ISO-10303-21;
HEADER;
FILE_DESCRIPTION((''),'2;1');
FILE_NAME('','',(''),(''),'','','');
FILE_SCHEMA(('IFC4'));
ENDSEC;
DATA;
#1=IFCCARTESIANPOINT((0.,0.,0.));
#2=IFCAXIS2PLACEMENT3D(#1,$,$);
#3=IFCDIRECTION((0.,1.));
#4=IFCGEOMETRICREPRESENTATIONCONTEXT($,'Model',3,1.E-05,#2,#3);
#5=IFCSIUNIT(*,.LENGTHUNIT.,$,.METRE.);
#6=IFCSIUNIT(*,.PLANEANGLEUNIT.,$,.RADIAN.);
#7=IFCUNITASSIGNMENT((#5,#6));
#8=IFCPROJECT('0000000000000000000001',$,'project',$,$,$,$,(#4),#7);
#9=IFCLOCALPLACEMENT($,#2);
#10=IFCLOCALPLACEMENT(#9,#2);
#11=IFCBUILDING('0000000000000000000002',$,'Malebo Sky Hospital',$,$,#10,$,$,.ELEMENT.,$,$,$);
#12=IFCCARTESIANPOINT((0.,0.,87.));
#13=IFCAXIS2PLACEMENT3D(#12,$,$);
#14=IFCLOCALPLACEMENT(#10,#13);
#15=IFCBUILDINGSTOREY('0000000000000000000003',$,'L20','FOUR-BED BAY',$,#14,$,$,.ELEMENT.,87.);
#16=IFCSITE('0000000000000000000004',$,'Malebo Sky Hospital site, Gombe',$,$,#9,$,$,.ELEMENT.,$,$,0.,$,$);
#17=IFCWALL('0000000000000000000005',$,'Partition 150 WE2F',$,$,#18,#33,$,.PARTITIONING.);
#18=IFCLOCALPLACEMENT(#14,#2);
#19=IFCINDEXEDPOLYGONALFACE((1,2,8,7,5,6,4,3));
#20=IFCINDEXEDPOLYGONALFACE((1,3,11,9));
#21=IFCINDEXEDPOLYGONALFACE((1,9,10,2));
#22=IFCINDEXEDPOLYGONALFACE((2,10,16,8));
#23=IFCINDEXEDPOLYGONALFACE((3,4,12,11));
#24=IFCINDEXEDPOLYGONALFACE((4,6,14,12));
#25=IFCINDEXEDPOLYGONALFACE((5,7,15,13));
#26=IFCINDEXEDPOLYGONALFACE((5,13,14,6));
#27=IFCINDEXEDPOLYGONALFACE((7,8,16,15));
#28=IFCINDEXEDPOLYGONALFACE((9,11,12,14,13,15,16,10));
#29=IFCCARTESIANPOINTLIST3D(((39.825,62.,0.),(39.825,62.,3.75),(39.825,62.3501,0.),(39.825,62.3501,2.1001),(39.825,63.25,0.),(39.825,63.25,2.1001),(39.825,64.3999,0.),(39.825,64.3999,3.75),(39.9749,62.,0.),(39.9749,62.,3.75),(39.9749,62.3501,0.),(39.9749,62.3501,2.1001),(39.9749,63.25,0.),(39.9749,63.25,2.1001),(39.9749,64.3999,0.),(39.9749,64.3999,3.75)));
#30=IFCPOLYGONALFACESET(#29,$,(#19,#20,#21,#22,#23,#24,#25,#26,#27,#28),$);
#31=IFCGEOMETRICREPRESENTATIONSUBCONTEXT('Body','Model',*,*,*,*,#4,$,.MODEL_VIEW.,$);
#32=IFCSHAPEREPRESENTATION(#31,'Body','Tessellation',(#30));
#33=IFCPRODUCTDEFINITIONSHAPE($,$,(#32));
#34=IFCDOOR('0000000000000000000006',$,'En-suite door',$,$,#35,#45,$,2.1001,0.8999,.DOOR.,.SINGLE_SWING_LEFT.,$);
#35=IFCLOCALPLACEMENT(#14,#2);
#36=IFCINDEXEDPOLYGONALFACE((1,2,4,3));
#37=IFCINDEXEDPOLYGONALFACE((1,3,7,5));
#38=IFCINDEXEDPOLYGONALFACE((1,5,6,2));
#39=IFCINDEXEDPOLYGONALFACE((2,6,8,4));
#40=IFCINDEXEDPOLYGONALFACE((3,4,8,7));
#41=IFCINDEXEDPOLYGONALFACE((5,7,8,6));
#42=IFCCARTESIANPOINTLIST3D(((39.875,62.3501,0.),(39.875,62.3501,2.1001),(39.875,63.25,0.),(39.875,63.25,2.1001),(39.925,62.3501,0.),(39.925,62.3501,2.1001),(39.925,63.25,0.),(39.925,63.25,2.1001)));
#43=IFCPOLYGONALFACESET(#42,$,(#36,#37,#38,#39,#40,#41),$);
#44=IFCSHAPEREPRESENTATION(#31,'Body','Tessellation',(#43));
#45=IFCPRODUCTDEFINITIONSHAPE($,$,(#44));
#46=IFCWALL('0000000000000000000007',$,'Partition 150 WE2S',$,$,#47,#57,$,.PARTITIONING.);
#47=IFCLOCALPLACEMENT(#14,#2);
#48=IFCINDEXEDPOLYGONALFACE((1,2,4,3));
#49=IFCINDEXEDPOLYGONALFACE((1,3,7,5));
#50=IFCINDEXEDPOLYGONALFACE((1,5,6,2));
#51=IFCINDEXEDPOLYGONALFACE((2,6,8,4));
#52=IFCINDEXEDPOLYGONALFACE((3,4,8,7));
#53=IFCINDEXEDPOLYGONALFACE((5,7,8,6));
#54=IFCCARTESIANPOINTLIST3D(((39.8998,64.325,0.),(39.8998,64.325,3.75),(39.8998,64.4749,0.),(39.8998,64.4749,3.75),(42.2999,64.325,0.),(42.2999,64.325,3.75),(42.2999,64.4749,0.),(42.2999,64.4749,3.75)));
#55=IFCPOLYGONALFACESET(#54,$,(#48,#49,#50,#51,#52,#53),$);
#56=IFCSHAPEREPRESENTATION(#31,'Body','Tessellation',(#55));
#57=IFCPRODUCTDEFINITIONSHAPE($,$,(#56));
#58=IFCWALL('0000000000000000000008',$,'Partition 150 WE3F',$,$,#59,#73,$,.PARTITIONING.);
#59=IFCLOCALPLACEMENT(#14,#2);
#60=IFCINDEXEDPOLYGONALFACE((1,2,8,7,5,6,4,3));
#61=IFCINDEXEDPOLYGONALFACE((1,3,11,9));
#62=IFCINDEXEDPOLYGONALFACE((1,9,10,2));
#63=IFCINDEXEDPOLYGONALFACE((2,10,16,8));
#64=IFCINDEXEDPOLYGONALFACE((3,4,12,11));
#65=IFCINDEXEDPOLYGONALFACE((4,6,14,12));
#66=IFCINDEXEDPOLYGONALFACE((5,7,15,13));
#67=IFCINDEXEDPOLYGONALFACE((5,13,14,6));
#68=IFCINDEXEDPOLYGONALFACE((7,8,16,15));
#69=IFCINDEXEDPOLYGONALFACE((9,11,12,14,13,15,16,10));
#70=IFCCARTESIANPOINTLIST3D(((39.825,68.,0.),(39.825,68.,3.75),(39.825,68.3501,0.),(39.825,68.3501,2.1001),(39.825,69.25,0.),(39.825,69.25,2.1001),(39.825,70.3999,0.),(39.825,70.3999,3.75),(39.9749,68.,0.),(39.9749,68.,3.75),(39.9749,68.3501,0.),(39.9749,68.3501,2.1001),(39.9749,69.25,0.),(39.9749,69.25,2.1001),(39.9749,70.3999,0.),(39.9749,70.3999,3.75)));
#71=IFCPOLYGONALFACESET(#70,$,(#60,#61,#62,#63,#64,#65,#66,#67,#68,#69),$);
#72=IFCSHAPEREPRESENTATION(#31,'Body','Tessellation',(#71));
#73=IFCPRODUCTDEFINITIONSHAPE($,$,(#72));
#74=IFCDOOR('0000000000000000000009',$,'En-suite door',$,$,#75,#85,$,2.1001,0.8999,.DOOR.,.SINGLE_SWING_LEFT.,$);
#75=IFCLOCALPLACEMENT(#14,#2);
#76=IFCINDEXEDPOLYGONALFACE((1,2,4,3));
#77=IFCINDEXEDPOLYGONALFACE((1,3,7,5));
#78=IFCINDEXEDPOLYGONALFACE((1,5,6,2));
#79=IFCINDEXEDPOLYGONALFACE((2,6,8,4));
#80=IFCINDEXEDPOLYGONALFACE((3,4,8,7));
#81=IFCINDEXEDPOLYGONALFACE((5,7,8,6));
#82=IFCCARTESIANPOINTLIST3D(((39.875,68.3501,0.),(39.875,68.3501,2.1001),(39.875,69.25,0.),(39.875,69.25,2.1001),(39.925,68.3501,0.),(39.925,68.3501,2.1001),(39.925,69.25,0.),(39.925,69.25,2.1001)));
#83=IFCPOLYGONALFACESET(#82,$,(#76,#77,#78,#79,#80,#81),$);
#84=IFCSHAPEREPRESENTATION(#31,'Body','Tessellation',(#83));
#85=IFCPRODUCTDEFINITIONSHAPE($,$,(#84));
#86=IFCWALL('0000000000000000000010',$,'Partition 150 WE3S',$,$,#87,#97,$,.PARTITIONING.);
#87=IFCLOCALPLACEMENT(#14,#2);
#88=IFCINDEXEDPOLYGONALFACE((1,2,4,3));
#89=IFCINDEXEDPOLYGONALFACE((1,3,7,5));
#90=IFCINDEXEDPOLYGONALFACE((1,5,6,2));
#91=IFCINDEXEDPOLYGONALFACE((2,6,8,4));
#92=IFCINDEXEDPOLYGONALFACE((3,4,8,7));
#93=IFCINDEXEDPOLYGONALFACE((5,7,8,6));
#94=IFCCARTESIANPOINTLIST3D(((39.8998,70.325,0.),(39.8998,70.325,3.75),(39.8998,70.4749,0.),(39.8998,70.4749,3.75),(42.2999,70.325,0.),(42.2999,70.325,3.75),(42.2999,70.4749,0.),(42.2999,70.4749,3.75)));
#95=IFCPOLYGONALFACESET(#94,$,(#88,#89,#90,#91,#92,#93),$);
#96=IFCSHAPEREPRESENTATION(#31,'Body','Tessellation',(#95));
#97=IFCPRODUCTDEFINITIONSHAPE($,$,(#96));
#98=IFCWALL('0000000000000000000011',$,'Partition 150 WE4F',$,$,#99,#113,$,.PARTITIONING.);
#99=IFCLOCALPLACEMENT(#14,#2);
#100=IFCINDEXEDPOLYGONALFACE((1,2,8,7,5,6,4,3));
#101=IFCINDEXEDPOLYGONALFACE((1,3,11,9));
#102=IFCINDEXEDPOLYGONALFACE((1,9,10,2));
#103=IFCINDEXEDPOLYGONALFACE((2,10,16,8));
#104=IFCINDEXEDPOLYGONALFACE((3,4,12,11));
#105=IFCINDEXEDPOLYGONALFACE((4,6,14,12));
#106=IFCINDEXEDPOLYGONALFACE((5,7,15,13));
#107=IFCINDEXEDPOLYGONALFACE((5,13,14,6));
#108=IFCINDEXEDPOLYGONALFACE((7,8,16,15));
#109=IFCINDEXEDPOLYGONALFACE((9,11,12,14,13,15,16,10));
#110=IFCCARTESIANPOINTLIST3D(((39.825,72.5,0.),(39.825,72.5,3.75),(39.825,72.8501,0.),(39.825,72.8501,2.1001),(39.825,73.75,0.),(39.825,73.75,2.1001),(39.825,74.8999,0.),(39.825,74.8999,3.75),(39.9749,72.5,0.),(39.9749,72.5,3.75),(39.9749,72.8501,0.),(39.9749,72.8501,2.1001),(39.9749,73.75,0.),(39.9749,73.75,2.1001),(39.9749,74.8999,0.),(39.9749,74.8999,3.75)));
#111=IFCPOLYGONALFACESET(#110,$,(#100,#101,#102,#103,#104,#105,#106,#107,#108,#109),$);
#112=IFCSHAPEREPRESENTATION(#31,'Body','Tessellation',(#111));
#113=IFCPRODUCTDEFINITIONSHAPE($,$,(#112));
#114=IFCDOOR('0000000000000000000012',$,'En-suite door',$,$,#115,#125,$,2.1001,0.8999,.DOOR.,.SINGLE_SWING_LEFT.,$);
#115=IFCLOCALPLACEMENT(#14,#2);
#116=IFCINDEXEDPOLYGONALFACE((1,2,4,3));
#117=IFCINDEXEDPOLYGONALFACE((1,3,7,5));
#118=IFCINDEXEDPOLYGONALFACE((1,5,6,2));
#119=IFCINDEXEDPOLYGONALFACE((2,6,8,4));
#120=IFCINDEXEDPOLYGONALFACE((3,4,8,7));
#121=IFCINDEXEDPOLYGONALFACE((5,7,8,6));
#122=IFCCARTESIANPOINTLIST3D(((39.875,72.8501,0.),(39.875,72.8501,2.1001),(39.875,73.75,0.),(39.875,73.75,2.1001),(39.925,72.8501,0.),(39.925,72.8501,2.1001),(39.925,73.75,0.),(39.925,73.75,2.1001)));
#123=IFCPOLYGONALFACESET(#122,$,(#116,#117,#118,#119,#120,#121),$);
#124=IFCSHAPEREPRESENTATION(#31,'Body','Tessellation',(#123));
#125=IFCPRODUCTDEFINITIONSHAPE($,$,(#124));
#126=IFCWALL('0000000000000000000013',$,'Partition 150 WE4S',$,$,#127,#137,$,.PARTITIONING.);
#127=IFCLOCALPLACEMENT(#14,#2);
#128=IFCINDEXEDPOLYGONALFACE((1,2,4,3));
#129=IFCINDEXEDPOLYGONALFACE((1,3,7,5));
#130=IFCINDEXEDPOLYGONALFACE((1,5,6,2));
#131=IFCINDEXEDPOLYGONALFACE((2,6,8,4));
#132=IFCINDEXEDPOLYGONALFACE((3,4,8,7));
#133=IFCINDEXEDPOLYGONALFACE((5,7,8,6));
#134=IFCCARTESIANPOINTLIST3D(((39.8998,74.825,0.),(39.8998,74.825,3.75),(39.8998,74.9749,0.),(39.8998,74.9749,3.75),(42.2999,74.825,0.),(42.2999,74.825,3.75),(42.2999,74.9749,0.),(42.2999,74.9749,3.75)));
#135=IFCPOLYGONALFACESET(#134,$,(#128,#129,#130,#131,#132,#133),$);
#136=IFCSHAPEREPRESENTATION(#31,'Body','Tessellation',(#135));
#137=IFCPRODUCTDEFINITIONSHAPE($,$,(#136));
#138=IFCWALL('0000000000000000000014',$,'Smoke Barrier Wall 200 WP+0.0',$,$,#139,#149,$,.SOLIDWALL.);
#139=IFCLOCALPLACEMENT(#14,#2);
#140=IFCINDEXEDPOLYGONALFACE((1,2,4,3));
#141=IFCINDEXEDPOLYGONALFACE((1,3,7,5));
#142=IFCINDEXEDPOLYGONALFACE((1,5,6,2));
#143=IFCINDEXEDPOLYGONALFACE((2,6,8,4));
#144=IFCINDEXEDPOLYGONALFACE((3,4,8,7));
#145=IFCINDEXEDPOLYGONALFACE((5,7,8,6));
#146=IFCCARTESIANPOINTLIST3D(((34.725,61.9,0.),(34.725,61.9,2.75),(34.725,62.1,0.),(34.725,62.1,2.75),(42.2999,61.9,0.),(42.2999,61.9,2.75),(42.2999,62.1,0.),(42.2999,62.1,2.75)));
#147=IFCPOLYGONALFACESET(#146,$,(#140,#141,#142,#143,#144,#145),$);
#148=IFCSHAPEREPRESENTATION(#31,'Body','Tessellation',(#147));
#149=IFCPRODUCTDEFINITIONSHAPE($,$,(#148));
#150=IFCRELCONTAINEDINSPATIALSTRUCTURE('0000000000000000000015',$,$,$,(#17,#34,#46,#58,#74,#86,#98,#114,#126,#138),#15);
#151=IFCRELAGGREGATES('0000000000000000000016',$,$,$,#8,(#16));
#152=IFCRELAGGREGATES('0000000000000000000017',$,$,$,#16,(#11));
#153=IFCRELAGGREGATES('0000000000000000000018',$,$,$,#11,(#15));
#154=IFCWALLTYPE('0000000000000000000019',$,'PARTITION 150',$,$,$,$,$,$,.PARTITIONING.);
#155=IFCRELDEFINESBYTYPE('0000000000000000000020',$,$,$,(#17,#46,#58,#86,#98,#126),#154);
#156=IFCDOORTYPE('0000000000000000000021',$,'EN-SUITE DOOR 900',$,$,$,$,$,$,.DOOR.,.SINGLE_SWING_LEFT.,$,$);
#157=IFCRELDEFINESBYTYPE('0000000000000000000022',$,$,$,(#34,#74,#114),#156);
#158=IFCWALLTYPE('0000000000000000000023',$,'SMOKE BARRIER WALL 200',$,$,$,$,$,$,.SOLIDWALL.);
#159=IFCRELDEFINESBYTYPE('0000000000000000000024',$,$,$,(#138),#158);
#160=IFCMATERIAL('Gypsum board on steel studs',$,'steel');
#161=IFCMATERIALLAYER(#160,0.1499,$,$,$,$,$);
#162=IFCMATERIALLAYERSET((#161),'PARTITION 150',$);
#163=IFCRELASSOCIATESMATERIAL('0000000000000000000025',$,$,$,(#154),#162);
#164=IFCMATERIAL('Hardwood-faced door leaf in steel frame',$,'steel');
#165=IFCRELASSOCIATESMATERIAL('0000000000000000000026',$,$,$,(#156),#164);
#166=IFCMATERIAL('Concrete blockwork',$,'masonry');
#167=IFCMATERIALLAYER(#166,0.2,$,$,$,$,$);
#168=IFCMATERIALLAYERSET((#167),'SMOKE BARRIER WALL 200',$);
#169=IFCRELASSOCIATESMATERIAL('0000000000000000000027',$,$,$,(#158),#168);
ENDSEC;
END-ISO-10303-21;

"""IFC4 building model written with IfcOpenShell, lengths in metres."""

from ifc_helpers import new_model, si_unit, direction, frame, frame_2d, origin, place, context, subcontext, project, spatial, rectangle, extrude, material, layer, layer_set, type_object, element, fill, save


model = new_model("IFC4")

# Units and contexts
model_context = context("Model", 3, precision=1e-05, world=origin(), true_north=direction((0.0, 1.0)))
body_context = subcontext(model_context, "Body", "Model", "MODEL_VIEW")
ifc_project = project(units=[si_unit("LENGTHUNIT", "METRE"), si_unit("PLANEANGLEUNIT", "RADIAN")], contexts=[model_context])

# Site, building, storey
site_placement = place(None, origin())
site = spatial("IfcSite", under=ifc_project, at=site_placement, Name="Malebo Sky Hospital site, Gombe", CompositionType="ELEMENT", RefElevation=0.0)
building_placement = place(site_placement, origin())
building = spatial("IfcBuilding", under=site, at=building_placement, Name="Malebo Sky Hospital", CompositionType="ELEMENT")
storey_placement = place(building_placement, frame((0.0, 0.0, 87.0)))
storey = spatial("IfcBuildingStorey", under=building, at=storey_placement, Name="L20", Description="FOUR-BED BAY", CompositionType="ELEMENT", Elevation=87.0)

# Shared definitions
ifc_material_1 = material(Name="Gypsum board on steel studs", Category="steel")
ifc_layer_1 = layer(ifc_material_1, 0.1499)
ifc_layer_set_1 = layer_set([ifc_layer_1], Name="PARTITION 150")
wall_type_1 = type_object("IfcWallType", Name="PARTITION 150", PredefinedType="PARTITIONING", material=ifc_layer_set_1)

# Wall, opening, door
wall_1_placement = place(storey_placement, frame((39.8999, 62.0, 0.0), z_axis=(0.0, 0.0, 1.0), x_axis=(0.0, 1.0, 0.0)))
wall_1 = element("IfcWall", 1, at=wall_1_placement, inside=storey, type_object=wall_type_1, Name="Partition 150 WE2F", PredefinedType="PARTITIONING", context=body_context, shape_type="SweptSolid", body=[
    extrude(rectangle(XDim=2.3999, YDim=0.1499, at=frame_2d((1.2, 0.0))), origin(), (0.0, 0.0, 1.0), 3.75),
])
opening_1_placement = place(wall_1_placement, frame((0.3501, 0.0, 0.0)))
opening_1 = element("IfcOpeningElement", 2, at=opening_1_placement, cuts=wall_1, PredefinedType="OPENING", context=body_context, shape_type="SweptSolid", body=[
    extrude(rectangle(XDim=0.8999, YDim=2.1001, at=frame_2d((0.45, 1.05))), frame((0.0, 0.085, 0.0), z_axis=(0.0, -1.0, 0.0), x_axis=(1.0, 0.0, 0.0)), (0.0, 0.0, 1.0), 0.1699),
])
ifc_material_2 = material(Name="Hardwood-faced door leaf in steel frame", Category="steel")
door_type = type_object("IfcDoorType", Name="EN-SUITE DOOR 900", OperationType="SINGLE_SWING_LEFT", PredefinedType="DOOR", material=ifc_material_2)
door_1_placement = place(opening_1_placement, origin())
door_1 = element("IfcDoor", 3, at=door_1_placement, inside=storey, type_object=door_type, Name="En-suite door", OperationType="SINGLE_SWING_LEFT", OverallHeight=2.1001, OverallWidth=0.8999, PredefinedType="DOOR", context=body_context, shape_type="SweptSolid", body=[
    extrude(rectangle(XDim=0.8999, YDim=2.1001, at=frame_2d((0.45, 1.05))), frame((0.0, 0.0249, 0.0), z_axis=(0.0, -1.0, 0.0), x_axis=(1.0, 0.0, 0.0)), (0.0, 0.0, 1.0), 0.05),
])
fill(opening_1, door_1)

# Wall
wall_2_placement = place(storey_placement, frame((42.3, 64.3999, 0.0), z_axis=(0.0, 0.0, 1.0), x_axis=(-1.0, 0.0, 0.0)))
element("IfcWall", 4, at=wall_2_placement, inside=storey, type_object=wall_type_1, Name="Partition 150 WE2S", PredefinedType="PARTITIONING", context=body_context, shape_type="SweptSolid", body=[
    extrude(rectangle(XDim=2.4001, YDim=0.1499, at=frame_2d((1.2002, 0.0))), origin(), (0.0, 0.0, 1.0), 3.75),
])

# Wall, opening, door
wall_3_placement = place(storey_placement, frame((39.8999, 68.0, 0.0), z_axis=(0.0, 0.0, 1.0), x_axis=(0.0, 1.0, 0.0)))
wall_3 = element("IfcWall", 5, at=wall_3_placement, inside=storey, type_object=wall_type_1, Name="Partition 150 WE3F", PredefinedType="PARTITIONING", context=body_context, shape_type="SweptSolid", body=[
    extrude(rectangle(XDim=2.3999, YDim=0.1499, at=frame_2d((1.2, 0.0))), origin(), (0.0, 0.0, 1.0), 3.75),
])
opening_2_placement = place(wall_3_placement, frame((0.3501, 0.0, 0.0)))
opening_2 = element("IfcOpeningElement", 6, at=opening_2_placement, cuts=wall_3, PredefinedType="OPENING", context=body_context, shape_type="SweptSolid", body=[
    extrude(rectangle(XDim=0.8999, YDim=2.1001, at=frame_2d((0.45, 1.05))), frame((0.0, 0.085, 0.0), z_axis=(0.0, -1.0, 0.0), x_axis=(1.0, 0.0, 0.0)), (0.0, 0.0, 1.0), 0.1699),
])
door_2_placement = place(opening_2_placement, origin())
door_2 = element("IfcDoor", 7, at=door_2_placement, inside=storey, type_object=door_type, Name="En-suite door", OperationType="SINGLE_SWING_LEFT", OverallHeight=2.1001, OverallWidth=0.8999, PredefinedType="DOOR", context=body_context, shape_type="SweptSolid", body=[
    extrude(rectangle(XDim=0.8999, YDim=2.1001, at=frame_2d((0.45, 1.05))), frame((0.0, 0.0249, 0.0), z_axis=(0.0, -1.0, 0.0), x_axis=(1.0, 0.0, 0.0)), (0.0, 0.0, 1.0), 0.05),
])
fill(opening_2, door_2)

# Wall
wall_4_placement = place(storey_placement, frame((42.3, 70.3999, 0.0), z_axis=(0.0, 0.0, 1.0), x_axis=(-1.0, 0.0, 0.0)))
element("IfcWall", 8, at=wall_4_placement, inside=storey, type_object=wall_type_1, Name="Partition 150 WE3S", PredefinedType="PARTITIONING", context=body_context, shape_type="SweptSolid", body=[
    extrude(rectangle(XDim=2.4001, YDim=0.1499, at=frame_2d((1.2002, 0.0))), origin(), (0.0, 0.0, 1.0), 3.75),
])

# Wall, opening, door
wall_5_placement = place(storey_placement, frame((39.8999, 72.5, 0.0), z_axis=(0.0, 0.0, 1.0), x_axis=(0.0, 1.0, 0.0)))
wall_5 = element("IfcWall", 9, at=wall_5_placement, inside=storey, type_object=wall_type_1, Name="Partition 150 WE4F", PredefinedType="PARTITIONING", context=body_context, shape_type="SweptSolid", body=[
    extrude(rectangle(XDim=2.3999, YDim=0.1499, at=frame_2d((1.2, 0.0))), origin(), (0.0, 0.0, 1.0), 3.75),
])
opening_3_placement = place(wall_5_placement, frame((0.3501, 0.0, 0.0)))
opening_3 = element("IfcOpeningElement", 10, at=opening_3_placement, cuts=wall_5, PredefinedType="OPENING", context=body_context, shape_type="SweptSolid", body=[
    extrude(rectangle(XDim=0.8999, YDim=2.1001, at=frame_2d((0.45, 1.05))), frame((0.0, 0.085, 0.0), z_axis=(0.0, -1.0, 0.0), x_axis=(1.0, 0.0, 0.0)), (0.0, 0.0, 1.0), 0.1699),
])
door_3_placement = place(opening_3_placement, origin())
door_3 = element("IfcDoor", 11, at=door_3_placement, inside=storey, type_object=door_type, Name="En-suite door", OperationType="SINGLE_SWING_LEFT", OverallHeight=2.1001, OverallWidth=0.8999, PredefinedType="DOOR", context=body_context, shape_type="SweptSolid", body=[
    extrude(rectangle(XDim=0.8999, YDim=2.1001, at=frame_2d((0.45, 1.05))), frame((0.0, 0.0249, 0.0), z_axis=(0.0, -1.0, 0.0), x_axis=(1.0, 0.0, 0.0)), (0.0, 0.0, 1.0), 0.05),
])
fill(opening_3, door_3)

# Walls
wall_6_placement = place(storey_placement, frame((42.3, 74.8999, 0.0), z_axis=(0.0, 0.0, 1.0), x_axis=(-1.0, 0.0, 0.0)))
element("IfcWall", 12, at=wall_6_placement, inside=storey, type_object=wall_type_1, Name="Partition 150 WE4S", PredefinedType="PARTITIONING", context=body_context, shape_type="SweptSolid", body=[
    extrude(rectangle(XDim=2.4001, YDim=0.1499, at=frame_2d((1.2002, 0.0))), origin(), (0.0, 0.0, 1.0), 3.75),
])
ifc_material_3 = material(Name="Concrete blockwork", Category="masonry")
ifc_layer_2 = layer(ifc_material_3, 0.2)
ifc_layer_set_2 = layer_set([ifc_layer_2], Name="SMOKE BARRIER WALL 200")
wall_type_2 = type_object("IfcWallType", Name="SMOKE BARRIER WALL 200", PredefinedType="SOLIDWALL", material=ifc_layer_set_2)
wall_7_placement = place(storey_placement, frame((42.3, 62.0, 0.0), z_axis=(0.0, 0.0, 1.0), x_axis=(-1.0, 0.0, 0.0)))
element("IfcWall", 13, at=wall_7_placement, inside=storey, type_object=wall_type_2, Name="Smoke Barrier Wall 200 WP+0.0", PredefinedType="SOLIDWALL", context=body_context, shape_type="SweptSolid", body=[
    extrude(rectangle(XDim=7.575, YDim=0.2, at=frame_2d((3.7876, 0.0))), origin(), (0.0, 0.0, 1.0), 2.75),
])

save(model, "model.ifc")
